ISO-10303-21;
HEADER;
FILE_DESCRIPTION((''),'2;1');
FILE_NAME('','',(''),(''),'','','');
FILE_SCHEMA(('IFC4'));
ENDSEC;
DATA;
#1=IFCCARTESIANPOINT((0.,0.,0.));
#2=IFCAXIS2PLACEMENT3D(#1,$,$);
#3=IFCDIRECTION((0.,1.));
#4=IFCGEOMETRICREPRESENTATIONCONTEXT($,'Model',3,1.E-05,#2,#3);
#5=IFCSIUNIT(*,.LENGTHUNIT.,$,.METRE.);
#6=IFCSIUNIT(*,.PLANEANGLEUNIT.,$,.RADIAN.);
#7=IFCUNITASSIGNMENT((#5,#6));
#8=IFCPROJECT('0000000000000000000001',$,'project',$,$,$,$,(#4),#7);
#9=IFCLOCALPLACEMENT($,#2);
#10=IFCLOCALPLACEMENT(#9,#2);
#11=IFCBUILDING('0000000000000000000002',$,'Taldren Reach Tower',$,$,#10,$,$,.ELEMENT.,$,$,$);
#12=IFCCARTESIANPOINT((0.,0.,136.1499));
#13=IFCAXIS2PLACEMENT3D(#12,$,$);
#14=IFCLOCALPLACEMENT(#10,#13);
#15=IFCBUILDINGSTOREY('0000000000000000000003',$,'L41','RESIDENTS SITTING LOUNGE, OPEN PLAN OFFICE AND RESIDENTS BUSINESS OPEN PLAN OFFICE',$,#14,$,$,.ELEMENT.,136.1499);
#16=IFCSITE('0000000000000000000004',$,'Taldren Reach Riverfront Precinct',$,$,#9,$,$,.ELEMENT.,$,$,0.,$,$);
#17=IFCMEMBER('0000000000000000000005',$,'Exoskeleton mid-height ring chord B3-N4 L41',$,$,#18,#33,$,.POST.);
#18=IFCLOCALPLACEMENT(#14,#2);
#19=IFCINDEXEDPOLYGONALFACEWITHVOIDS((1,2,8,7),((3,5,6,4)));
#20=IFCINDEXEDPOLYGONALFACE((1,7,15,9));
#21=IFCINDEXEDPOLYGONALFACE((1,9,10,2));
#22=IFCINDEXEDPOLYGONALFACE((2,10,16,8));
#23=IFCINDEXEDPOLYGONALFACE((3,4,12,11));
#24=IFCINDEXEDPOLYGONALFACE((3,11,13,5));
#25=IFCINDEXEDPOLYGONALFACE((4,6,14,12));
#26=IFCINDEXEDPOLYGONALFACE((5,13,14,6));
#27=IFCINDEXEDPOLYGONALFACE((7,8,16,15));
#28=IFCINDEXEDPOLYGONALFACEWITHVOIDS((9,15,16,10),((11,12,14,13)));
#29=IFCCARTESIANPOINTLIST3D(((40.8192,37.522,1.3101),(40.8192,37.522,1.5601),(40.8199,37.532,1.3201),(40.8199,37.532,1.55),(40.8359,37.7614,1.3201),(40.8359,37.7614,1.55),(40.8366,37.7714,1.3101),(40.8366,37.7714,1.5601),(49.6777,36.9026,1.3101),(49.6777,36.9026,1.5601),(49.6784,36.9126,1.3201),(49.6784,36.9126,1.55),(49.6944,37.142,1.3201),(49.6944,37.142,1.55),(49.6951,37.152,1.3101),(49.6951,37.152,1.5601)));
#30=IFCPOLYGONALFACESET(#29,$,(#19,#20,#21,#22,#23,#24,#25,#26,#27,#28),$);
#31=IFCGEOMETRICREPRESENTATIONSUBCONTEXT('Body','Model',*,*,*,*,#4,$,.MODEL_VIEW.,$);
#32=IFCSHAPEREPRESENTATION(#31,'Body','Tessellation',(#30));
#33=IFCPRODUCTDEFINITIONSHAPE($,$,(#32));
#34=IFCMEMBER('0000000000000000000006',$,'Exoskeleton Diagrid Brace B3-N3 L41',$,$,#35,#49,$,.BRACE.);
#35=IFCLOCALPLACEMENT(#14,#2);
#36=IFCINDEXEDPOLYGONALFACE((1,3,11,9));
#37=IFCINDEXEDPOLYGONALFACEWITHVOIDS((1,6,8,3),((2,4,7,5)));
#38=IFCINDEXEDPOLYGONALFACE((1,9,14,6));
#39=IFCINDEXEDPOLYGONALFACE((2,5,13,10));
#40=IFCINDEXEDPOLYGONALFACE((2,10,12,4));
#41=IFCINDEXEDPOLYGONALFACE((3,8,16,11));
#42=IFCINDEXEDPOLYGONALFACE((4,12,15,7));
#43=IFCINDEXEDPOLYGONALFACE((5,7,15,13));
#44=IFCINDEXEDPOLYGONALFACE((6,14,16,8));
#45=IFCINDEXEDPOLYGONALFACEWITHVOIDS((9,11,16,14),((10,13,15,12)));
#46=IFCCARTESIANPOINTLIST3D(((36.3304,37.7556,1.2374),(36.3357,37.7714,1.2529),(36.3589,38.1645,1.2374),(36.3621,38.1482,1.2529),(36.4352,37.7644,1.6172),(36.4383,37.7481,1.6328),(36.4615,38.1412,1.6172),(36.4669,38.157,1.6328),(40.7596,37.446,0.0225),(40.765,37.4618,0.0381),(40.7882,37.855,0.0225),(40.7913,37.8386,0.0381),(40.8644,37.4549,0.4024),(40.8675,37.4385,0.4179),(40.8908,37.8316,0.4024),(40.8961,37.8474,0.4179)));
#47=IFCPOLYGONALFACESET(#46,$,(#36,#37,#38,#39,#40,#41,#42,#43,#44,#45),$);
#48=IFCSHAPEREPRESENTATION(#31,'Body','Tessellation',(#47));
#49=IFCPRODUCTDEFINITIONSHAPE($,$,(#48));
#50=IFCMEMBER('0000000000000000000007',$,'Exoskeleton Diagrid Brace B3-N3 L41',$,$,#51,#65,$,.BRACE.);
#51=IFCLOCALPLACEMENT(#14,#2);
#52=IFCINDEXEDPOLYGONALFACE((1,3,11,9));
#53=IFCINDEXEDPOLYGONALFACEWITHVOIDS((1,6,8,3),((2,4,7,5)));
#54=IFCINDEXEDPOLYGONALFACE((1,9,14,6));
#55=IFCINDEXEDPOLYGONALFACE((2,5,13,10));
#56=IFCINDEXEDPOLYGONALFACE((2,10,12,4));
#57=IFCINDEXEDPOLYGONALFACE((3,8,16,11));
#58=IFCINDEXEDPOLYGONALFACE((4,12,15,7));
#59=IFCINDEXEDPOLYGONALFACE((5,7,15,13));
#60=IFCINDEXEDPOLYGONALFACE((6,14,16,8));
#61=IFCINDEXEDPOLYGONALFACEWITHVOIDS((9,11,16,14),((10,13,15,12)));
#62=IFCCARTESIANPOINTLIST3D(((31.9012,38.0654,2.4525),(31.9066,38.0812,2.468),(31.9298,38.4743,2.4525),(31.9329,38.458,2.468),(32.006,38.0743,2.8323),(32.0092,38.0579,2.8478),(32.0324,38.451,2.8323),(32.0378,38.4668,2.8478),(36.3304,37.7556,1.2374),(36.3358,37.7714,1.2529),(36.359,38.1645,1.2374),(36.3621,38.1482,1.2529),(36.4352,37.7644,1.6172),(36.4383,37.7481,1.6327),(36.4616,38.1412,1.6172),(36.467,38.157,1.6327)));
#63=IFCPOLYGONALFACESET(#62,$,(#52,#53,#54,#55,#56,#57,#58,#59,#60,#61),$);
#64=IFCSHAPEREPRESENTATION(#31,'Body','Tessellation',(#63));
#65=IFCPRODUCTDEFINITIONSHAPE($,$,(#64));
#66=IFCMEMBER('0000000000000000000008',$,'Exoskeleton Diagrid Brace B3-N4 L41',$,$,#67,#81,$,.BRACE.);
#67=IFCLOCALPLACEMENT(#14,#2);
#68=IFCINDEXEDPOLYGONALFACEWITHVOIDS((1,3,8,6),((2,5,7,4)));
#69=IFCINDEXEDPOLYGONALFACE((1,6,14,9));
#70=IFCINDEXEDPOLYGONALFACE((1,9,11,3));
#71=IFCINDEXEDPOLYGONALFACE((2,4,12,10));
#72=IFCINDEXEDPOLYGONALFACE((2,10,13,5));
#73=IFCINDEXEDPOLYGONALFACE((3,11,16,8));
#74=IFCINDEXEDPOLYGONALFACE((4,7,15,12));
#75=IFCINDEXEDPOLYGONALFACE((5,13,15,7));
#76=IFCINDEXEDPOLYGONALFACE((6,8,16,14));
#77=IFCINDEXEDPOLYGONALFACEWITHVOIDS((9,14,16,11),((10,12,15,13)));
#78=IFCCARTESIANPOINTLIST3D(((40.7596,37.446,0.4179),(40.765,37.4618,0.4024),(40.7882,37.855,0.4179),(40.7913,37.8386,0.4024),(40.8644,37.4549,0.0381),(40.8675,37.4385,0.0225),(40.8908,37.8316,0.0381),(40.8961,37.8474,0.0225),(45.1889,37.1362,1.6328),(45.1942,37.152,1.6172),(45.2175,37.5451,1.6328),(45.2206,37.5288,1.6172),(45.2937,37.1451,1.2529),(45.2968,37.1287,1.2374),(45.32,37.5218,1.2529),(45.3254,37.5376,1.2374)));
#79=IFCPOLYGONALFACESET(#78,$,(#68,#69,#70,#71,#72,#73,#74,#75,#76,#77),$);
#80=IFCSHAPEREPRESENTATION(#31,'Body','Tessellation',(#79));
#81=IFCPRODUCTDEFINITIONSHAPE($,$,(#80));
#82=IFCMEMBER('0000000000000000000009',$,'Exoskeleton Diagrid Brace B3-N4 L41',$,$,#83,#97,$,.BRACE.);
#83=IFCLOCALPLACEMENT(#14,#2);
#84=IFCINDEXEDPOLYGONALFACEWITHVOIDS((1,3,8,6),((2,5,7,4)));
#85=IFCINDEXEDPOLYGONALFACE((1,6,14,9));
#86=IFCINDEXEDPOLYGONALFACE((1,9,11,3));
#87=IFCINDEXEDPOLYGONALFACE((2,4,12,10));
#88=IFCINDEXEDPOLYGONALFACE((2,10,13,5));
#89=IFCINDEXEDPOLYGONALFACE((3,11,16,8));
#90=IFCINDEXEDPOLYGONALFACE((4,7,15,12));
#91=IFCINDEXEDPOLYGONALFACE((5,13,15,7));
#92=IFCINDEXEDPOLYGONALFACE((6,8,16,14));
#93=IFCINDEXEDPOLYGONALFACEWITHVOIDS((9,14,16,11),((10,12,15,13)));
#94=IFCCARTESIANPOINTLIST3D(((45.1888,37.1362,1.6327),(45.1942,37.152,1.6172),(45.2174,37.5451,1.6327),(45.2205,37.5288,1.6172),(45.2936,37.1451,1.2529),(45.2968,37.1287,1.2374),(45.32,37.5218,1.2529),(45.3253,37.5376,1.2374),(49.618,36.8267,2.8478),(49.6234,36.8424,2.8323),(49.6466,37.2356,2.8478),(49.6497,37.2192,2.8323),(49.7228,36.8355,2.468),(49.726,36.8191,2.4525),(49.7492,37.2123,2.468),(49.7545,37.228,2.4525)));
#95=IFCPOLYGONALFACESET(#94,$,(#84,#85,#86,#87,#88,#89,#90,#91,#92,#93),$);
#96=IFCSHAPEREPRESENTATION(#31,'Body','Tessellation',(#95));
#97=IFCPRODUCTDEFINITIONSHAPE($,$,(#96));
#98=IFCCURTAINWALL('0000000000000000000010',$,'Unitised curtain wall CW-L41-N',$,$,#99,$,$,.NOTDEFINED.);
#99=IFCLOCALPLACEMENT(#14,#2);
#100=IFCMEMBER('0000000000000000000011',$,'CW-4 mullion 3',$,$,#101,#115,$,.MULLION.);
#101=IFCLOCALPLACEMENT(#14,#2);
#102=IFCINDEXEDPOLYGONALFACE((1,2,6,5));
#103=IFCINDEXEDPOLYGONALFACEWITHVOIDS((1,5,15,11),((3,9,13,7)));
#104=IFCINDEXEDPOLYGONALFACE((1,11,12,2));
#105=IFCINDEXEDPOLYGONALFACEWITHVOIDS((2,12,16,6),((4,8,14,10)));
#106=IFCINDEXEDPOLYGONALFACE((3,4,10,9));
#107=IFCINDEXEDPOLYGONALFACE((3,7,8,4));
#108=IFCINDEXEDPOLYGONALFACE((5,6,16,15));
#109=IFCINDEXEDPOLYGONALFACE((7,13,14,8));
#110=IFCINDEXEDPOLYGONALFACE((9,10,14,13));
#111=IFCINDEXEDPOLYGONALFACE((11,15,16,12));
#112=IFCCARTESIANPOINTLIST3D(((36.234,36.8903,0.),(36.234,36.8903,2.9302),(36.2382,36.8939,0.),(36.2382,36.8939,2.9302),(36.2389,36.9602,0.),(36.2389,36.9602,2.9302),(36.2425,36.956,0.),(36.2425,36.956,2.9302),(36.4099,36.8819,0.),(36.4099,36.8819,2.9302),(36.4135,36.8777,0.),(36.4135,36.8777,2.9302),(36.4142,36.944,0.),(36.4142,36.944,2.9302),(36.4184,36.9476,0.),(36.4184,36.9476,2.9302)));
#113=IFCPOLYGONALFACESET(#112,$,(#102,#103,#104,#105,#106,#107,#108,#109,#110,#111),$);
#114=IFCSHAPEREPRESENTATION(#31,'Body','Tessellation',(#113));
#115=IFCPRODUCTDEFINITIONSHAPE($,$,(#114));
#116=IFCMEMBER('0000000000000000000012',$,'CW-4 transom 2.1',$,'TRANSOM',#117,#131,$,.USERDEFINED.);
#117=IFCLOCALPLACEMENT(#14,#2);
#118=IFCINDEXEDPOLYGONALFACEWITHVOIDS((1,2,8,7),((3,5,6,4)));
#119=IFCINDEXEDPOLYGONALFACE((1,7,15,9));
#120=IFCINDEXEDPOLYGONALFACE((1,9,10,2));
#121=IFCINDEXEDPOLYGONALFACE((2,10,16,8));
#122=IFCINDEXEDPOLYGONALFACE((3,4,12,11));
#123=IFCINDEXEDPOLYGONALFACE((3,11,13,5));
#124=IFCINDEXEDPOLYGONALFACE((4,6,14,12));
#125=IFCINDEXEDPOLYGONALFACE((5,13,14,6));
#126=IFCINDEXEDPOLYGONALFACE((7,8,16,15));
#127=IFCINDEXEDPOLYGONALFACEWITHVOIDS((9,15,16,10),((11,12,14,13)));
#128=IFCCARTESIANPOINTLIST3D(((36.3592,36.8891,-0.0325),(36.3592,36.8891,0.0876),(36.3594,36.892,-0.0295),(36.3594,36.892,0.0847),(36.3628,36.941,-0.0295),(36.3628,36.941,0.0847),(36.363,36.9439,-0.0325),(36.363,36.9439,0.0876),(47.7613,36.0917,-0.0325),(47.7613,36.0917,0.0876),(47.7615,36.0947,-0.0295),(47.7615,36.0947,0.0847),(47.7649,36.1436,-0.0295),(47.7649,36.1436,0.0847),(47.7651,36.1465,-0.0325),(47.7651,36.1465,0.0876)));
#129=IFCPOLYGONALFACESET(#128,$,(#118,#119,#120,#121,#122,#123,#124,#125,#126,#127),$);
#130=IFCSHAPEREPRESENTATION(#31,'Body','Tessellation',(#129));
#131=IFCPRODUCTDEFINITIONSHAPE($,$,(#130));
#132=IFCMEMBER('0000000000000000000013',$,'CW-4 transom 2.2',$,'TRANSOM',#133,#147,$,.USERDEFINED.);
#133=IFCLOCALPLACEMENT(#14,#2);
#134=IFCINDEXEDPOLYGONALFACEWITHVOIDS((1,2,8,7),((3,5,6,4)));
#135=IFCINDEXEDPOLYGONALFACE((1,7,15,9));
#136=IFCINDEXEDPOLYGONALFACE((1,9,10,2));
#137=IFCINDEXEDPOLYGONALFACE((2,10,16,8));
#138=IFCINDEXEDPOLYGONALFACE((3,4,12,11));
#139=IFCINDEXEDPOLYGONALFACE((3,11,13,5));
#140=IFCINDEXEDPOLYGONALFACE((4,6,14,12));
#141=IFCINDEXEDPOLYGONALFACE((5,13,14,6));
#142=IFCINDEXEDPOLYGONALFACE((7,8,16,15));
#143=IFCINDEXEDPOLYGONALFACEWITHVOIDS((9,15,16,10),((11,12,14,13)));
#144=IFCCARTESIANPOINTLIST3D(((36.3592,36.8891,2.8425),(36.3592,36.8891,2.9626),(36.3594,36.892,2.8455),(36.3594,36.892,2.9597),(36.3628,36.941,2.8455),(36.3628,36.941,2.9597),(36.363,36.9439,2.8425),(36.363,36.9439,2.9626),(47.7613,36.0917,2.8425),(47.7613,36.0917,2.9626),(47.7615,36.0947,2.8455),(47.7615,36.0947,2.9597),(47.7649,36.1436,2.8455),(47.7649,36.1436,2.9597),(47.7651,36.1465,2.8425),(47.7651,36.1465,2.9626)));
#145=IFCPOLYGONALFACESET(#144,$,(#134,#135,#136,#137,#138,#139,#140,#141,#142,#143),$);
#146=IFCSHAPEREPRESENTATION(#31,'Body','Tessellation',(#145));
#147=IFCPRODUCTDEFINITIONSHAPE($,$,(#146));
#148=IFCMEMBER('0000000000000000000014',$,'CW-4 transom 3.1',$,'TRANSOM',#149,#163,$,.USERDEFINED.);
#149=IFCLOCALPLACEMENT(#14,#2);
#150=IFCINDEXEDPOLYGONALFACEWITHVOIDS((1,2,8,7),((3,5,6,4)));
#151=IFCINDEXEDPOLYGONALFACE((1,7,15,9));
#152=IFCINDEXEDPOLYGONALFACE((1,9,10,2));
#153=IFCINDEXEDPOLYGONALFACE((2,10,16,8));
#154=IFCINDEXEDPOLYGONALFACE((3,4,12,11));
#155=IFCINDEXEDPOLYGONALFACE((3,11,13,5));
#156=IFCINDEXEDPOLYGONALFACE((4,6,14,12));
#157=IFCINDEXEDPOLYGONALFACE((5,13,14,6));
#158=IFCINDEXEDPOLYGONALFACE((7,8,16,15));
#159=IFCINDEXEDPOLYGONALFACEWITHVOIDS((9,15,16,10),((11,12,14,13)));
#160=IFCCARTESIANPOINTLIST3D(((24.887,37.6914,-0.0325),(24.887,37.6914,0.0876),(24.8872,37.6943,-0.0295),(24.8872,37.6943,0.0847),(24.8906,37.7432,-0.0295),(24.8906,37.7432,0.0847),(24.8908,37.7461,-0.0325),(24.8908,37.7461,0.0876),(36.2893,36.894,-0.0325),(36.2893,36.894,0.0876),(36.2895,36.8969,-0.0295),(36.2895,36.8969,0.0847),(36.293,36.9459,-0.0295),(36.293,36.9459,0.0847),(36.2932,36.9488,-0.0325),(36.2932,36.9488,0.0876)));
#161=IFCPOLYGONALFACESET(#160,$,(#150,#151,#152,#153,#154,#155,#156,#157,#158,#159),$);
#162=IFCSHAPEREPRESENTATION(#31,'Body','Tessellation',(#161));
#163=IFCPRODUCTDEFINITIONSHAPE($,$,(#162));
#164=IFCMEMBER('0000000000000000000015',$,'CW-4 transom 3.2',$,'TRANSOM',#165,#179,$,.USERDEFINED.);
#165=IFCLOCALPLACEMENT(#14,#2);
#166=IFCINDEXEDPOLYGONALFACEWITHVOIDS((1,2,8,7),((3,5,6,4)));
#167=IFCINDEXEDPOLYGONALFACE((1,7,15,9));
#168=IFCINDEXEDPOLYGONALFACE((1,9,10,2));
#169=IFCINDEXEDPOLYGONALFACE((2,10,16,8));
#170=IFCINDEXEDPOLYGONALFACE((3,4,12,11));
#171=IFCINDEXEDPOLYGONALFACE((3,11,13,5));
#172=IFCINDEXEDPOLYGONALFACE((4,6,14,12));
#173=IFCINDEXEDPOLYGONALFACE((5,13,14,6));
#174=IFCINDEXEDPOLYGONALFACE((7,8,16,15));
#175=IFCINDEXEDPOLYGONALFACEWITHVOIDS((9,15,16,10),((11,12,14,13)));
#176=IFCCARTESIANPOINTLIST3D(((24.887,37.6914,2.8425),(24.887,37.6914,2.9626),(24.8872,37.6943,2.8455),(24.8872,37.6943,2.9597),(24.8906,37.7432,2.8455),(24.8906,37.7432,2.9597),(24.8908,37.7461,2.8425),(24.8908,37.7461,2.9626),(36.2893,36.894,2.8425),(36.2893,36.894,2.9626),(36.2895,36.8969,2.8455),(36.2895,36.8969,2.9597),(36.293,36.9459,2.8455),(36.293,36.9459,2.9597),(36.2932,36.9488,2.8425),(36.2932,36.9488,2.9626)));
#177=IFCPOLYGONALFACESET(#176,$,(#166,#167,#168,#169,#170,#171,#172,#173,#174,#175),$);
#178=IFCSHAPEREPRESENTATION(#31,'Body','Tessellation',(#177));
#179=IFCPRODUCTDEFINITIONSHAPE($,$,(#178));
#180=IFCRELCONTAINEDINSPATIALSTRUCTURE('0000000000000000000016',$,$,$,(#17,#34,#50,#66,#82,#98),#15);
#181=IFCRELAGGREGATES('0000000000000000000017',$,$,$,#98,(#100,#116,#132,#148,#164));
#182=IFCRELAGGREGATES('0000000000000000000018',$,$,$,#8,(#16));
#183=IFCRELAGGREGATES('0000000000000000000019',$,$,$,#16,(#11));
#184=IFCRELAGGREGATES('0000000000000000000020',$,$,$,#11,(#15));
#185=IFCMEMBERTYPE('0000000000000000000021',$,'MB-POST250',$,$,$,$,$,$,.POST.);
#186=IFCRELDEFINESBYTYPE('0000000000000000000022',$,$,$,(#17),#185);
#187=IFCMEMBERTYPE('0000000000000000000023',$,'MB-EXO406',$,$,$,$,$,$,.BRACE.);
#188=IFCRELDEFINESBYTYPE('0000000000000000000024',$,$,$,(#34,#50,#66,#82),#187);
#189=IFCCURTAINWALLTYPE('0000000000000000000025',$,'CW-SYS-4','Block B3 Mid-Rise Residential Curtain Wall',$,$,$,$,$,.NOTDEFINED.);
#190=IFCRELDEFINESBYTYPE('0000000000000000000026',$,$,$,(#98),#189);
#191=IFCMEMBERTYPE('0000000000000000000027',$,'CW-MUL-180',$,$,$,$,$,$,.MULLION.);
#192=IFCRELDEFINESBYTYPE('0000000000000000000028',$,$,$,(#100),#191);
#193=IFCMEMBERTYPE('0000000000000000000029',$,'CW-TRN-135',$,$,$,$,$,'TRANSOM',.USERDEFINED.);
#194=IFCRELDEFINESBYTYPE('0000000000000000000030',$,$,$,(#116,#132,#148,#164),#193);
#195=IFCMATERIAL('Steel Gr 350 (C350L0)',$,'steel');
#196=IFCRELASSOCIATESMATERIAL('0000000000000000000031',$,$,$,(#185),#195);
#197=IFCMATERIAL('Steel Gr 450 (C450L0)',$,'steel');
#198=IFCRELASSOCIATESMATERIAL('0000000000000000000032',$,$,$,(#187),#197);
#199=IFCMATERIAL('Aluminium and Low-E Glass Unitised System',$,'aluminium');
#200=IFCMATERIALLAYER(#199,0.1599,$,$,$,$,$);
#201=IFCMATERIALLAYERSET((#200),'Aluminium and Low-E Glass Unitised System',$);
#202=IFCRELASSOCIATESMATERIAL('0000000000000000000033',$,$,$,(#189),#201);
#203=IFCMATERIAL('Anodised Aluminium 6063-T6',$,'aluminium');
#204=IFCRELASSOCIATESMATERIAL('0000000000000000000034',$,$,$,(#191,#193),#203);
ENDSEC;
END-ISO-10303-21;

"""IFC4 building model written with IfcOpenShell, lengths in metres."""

from ifc_helpers import new_model, si_unit, direction, frame, origin, origin_2d, place, context, subcontext, project, spatial, hollow_rectangle, extrude, source, transform, mapped, material, layer, layer_set, material_profile, profile_set, type_object, element, aggregate, save


model = new_model("IFC4")

# Units and contexts
model_context = context("Model", 3, precision=1e-05, world=origin(), true_north=direction((0.0, 1.0)))
body_context = subcontext(model_context, "Body", "Model", "MODEL_VIEW")
ifc_project = project(units=[si_unit("LENGTHUNIT", "METRE"), si_unit("PLANEANGLEUNIT", "RADIAN")], contexts=[model_context])

# Site, building, storey
site_placement = place(None, origin())
site = spatial("IfcSite", under=ifc_project, at=site_placement, Name="Taldren Reach Riverfront Precinct", CompositionType="ELEMENT", RefElevation=0.0)
building_placement = place(site_placement, origin())
building = spatial("IfcBuilding", under=site, at=building_placement, Name="Taldren Reach Tower", CompositionType="ELEMENT")
storey_placement = place(building_placement, frame((0.0, 0.0, 136.1499)))
storey = spatial("IfcBuildingStorey", under=building, at=storey_placement, Name="L41", Description="RESIDENTS SITTING LOUNGE, OPEN PLAN OFFICE AND RESIDENTS BUSINESS OPEN PLAN OFFICE", CompositionType="ELEMENT", Elevation=136.1499)

# Shared definitions
ifc_material_1 = material(Name="Steel Gr 450 (C450L0)", Category="steel")

# Shared definitions
ifc_material_2 = material(Name="Steel Gr 350 (C350L0)", Category="steel")
ifc_material_profile_1 = material_profile(ifc_material_2, hollow_rectangle(XDim=0.25, YDim=0.25, WallThickness=0.01, at=origin_2d()), Name="250x250x10.0SHS")
ifc_profile_set_1 = profile_set([ifc_material_profile_1], Name="Steel Gr 350 (C350L0)")
member_type_1 = type_object("IfcMemberType", Name="MB-POST250", PredefinedType="POST", material=ifc_profile_set_1)

# Members
shared_shape_1 = source(origin(), body_context, "Body", "SweptSolid", [
    extrude(hollow_rectangle(XDim=0.25, YDim=0.25, WallThickness=0.01, at=origin_2d()), origin(), (0.0, 0.0, 1.0), 8.8801),
])
member_1_placement = place(storey_placement, frame((40.8279, 37.6467, 1.4351), z_axis=(0.997564, -0.06975, 0.0), x_axis=(0.06975, 0.997564, 0.0)))
element("IfcMember", 1, at=member_1_placement, inside=storey, type_object=member_type_1, Name="Exoskeleton mid-height ring chord B3-N4 L41", PredefinedType="POST", context=body_context, shape_type="MappedRepresentation", body=[
    mapped(shared_shape_1, transform((0.0, 0.0, 0.0), scale=1.0)),
])
ifc_material_profile_2 = material_profile(ifc_material_1, hollow_rectangle(XDim=0.4099, YDim=0.4099, WallThickness=0.0161, at=origin_2d()), Name="410x410x16.0SHS")
ifc_profile_set_2 = profile_set([ifc_material_profile_2], Name="Steel Gr 450 (C450L0)")
member_type_2 = type_object("IfcMemberType", Name="MB-EXO406", PredefinedType="BRACE", material=ifc_profile_set_2)
shared_shape_2 = source(origin(), body_context, "Body", "SweptSolid", [
    extrude(hollow_rectangle(XDim=0.4099, YDim=0.4099, WallThickness=0.0161, at=origin_2d()), origin(), (0.0, 0.0, 1.0), 4.6033),
])
for number, where, z_axis, x_axis, name in (
    (2, (40.8279, 37.6467, 0.2202), (-0.962199, 0.067251, 0.263913), (-0.069723, -0.997566, 0.0), "Exoskeleton Diagrid Brace B3-N3 L41"),
    (3, (36.3987, 37.9563, 1.4351), (-0.962182, 0.067303, 0.263961), (-0.069778, -0.997563, 0.0), "Exoskeleton Diagrid Brace B3-N3 L41"),
    (4, (40.8279, 37.6467, 0.2202), (0.962196, -0.067304, 0.263912), (0.069778, 0.997563, 0.0), "Exoskeleton Diagrid Brace B3-N4 L41"),
    (5, (45.2571, 37.3369, 1.4351), (0.962186, -0.06725, 0.263962), (0.069723, 0.997566, 0.0), "Exoskeleton Diagrid Brace B3-N4 L41"),
):
    element("IfcMember", number, at=place(storey_placement, frame(where, z_axis=z_axis, x_axis=x_axis)), inside=storey, type_object=member_type_2, Name=name, PredefinedType="BRACE", context=body_context, shape_type="MappedRepresentation", body=[
        mapped(shared_shape_2, transform((0.0, 0.0, 0.0), scale=1.0)),
    ])

# Curtain wall, members
ifc_material_3 = material(Name="Aluminium and Low-E Glass Unitised System", Category="aluminium")
ifc_layer_1 = layer(ifc_material_3, 0.1599)
ifc_layer_set_1 = layer_set([ifc_layer_1], Name="Aluminium and Low-E Glass Unitised System")
curtain_wall_type = type_object("IfcCurtainWallType", Name="CW-SYS-4", Description="Block B3 Mid-Rise Residential Curtain Wall", PredefinedType="NOTDEFINED", material=ifc_layer_set_1)
curtain_wall_placement = place(storey_placement, origin())
curtain_wall = element("IfcCurtainWall", 6, at=curtain_wall_placement, inside=storey, type_object=curtain_wall_type, Name="Unitised curtain wall CW-L41-N", PredefinedType="NOTDEFINED")
ifc_material_4 = material(Name="Anodised Aluminium 6063-T6", Category="aluminium")
ifc_material_profile_3 = material_profile(ifc_material_4, hollow_rectangle(XDim=0.0701, YDim=0.1799, WallThickness=0.0039, at=origin_2d()), Name="ALU-180x70x4RHS")
ifc_profile_set_3 = profile_set([ifc_material_profile_3], Name="Anodised Aluminium 6063-T6")
member_type_3 = type_object("IfcMemberType", Name="CW-MUL-180", PredefinedType="MULLION", material=ifc_profile_set_3)
shared_shape_3 = source(origin(), body_context, "Body", "SweptSolid", [
    extrude(hollow_rectangle(XDim=0.0701, YDim=0.1799, WallThickness=0.0039, at=origin_2d()), origin(), (0.0, 0.0, 1.0), 2.9302),
])
member_2_placement = place(storey_placement, frame((36.3262, 36.9189, 0.0), z_axis=(0.0, 0.0, 1.0), x_axis=(-0.069757, -0.997564, 0.0)))
member_2 = element("IfcMember", 7, at=member_2_placement, type_object=member_type_3, Name="CW-4 mullion 3", PredefinedType="MULLION", context=body_context, shape_type="MappedRepresentation", body=[
    mapped(shared_shape_3, transform((0.0, 0.0, 0.0), scale=1.0)),
])
ifc_material_profile_4 = material_profile(ifc_material_4, hollow_rectangle(XDim=0.0549, YDim=0.1201, WallThickness=0.0029, at=origin_2d()), Name="ALU-120x55x3RHS")
ifc_profile_set_4 = profile_set([ifc_material_profile_4], Name="Anodised Aluminium 6063-T6")
member_type_4 = type_object("IfcMemberType", Name="CW-TRN-135", ElementType="TRANSOM", PredefinedType="USERDEFINED", material=ifc_profile_set_4)
shared_shape_4 = source(origin(), body_context, "Body", "SweptSolid", [
    extrude(hollow_rectangle(XDim=0.0549, YDim=0.1201, WallThickness=0.0029, at=origin_2d()), origin(), (0.0, 0.0, 1.0), 11.4299),
])
member_3_placement = place(storey_placement, frame((47.7632, 36.1191, 0.0276), z_axis=(-0.997564, 0.069761, 0.0), x_axis=(-0.069761, -0.997564, 0.0)))
member_3 = element("IfcMember", 8, at=member_3_placement, type_object=member_type_4, Name="CW-4 transom 2.1", ObjectType="TRANSOM", PredefinedType="USERDEFINED", context=body_context, shape_type="MappedRepresentation", body=[
    mapped(shared_shape_4, transform((0.0, 0.0, 0.0), scale=1.0)),
])
member_4_placement = place(storey_placement, frame((47.7632, 36.1191, 2.9026), z_axis=(-0.997564, 0.069761, 0.0), x_axis=(-0.069761, -0.997564, 0.0)))
member_4 = element("IfcMember", 9, at=member_4_placement, type_object=member_type_4, Name="CW-4 transom 2.2", ObjectType="TRANSOM", PredefinedType="USERDEFINED", context=body_context, shape_type="MappedRepresentation", body=[
    mapped(shared_shape_4, transform((0.0, 0.0, 0.0), scale=1.0)),
])
shared_shape_5 = source(origin(), body_context, "Body", "SweptSolid", [
    extrude(hollow_rectangle(XDim=0.0549, YDim=0.1201, WallThickness=0.0029, at=origin_2d()), origin(), (0.0, 0.0, 1.0), 11.4302),
])
member_5_placement = place(storey_placement, frame((36.2913, 36.9214, 0.0276), z_axis=(-0.997564, 0.069759, 0.0), x_axis=(-0.069759, -0.997564, 0.0)))
member_5 = element("IfcMember", 10, at=member_5_placement, type_object=member_type_4, Name="CW-4 transom 3.1", ObjectType="TRANSOM", PredefinedType="USERDEFINED", context=body_context, shape_type="MappedRepresentation", body=[
    mapped(shared_shape_5, transform((0.0, 0.0, 0.0), scale=1.0)),
])
member_6_placement = place(storey_placement, frame((36.2913, 36.9214, 2.9026), z_axis=(-0.997564, 0.069759, 0.0), x_axis=(-0.069759, -0.997564, 0.0)))
member_6 = element("IfcMember", 11, at=member_6_placement, type_object=member_type_4, Name="CW-4 transom 3.2", ObjectType="TRANSOM", PredefinedType="USERDEFINED", context=body_context, shape_type="MappedRepresentation", body=[
    mapped(shared_shape_5, transform((0.0, 0.0, 0.0), scale=1.0)),
])

aggregate(curtain_wall, [member_2, member_3, member_4, member_5, member_6])

save(model, "model.ifc")
